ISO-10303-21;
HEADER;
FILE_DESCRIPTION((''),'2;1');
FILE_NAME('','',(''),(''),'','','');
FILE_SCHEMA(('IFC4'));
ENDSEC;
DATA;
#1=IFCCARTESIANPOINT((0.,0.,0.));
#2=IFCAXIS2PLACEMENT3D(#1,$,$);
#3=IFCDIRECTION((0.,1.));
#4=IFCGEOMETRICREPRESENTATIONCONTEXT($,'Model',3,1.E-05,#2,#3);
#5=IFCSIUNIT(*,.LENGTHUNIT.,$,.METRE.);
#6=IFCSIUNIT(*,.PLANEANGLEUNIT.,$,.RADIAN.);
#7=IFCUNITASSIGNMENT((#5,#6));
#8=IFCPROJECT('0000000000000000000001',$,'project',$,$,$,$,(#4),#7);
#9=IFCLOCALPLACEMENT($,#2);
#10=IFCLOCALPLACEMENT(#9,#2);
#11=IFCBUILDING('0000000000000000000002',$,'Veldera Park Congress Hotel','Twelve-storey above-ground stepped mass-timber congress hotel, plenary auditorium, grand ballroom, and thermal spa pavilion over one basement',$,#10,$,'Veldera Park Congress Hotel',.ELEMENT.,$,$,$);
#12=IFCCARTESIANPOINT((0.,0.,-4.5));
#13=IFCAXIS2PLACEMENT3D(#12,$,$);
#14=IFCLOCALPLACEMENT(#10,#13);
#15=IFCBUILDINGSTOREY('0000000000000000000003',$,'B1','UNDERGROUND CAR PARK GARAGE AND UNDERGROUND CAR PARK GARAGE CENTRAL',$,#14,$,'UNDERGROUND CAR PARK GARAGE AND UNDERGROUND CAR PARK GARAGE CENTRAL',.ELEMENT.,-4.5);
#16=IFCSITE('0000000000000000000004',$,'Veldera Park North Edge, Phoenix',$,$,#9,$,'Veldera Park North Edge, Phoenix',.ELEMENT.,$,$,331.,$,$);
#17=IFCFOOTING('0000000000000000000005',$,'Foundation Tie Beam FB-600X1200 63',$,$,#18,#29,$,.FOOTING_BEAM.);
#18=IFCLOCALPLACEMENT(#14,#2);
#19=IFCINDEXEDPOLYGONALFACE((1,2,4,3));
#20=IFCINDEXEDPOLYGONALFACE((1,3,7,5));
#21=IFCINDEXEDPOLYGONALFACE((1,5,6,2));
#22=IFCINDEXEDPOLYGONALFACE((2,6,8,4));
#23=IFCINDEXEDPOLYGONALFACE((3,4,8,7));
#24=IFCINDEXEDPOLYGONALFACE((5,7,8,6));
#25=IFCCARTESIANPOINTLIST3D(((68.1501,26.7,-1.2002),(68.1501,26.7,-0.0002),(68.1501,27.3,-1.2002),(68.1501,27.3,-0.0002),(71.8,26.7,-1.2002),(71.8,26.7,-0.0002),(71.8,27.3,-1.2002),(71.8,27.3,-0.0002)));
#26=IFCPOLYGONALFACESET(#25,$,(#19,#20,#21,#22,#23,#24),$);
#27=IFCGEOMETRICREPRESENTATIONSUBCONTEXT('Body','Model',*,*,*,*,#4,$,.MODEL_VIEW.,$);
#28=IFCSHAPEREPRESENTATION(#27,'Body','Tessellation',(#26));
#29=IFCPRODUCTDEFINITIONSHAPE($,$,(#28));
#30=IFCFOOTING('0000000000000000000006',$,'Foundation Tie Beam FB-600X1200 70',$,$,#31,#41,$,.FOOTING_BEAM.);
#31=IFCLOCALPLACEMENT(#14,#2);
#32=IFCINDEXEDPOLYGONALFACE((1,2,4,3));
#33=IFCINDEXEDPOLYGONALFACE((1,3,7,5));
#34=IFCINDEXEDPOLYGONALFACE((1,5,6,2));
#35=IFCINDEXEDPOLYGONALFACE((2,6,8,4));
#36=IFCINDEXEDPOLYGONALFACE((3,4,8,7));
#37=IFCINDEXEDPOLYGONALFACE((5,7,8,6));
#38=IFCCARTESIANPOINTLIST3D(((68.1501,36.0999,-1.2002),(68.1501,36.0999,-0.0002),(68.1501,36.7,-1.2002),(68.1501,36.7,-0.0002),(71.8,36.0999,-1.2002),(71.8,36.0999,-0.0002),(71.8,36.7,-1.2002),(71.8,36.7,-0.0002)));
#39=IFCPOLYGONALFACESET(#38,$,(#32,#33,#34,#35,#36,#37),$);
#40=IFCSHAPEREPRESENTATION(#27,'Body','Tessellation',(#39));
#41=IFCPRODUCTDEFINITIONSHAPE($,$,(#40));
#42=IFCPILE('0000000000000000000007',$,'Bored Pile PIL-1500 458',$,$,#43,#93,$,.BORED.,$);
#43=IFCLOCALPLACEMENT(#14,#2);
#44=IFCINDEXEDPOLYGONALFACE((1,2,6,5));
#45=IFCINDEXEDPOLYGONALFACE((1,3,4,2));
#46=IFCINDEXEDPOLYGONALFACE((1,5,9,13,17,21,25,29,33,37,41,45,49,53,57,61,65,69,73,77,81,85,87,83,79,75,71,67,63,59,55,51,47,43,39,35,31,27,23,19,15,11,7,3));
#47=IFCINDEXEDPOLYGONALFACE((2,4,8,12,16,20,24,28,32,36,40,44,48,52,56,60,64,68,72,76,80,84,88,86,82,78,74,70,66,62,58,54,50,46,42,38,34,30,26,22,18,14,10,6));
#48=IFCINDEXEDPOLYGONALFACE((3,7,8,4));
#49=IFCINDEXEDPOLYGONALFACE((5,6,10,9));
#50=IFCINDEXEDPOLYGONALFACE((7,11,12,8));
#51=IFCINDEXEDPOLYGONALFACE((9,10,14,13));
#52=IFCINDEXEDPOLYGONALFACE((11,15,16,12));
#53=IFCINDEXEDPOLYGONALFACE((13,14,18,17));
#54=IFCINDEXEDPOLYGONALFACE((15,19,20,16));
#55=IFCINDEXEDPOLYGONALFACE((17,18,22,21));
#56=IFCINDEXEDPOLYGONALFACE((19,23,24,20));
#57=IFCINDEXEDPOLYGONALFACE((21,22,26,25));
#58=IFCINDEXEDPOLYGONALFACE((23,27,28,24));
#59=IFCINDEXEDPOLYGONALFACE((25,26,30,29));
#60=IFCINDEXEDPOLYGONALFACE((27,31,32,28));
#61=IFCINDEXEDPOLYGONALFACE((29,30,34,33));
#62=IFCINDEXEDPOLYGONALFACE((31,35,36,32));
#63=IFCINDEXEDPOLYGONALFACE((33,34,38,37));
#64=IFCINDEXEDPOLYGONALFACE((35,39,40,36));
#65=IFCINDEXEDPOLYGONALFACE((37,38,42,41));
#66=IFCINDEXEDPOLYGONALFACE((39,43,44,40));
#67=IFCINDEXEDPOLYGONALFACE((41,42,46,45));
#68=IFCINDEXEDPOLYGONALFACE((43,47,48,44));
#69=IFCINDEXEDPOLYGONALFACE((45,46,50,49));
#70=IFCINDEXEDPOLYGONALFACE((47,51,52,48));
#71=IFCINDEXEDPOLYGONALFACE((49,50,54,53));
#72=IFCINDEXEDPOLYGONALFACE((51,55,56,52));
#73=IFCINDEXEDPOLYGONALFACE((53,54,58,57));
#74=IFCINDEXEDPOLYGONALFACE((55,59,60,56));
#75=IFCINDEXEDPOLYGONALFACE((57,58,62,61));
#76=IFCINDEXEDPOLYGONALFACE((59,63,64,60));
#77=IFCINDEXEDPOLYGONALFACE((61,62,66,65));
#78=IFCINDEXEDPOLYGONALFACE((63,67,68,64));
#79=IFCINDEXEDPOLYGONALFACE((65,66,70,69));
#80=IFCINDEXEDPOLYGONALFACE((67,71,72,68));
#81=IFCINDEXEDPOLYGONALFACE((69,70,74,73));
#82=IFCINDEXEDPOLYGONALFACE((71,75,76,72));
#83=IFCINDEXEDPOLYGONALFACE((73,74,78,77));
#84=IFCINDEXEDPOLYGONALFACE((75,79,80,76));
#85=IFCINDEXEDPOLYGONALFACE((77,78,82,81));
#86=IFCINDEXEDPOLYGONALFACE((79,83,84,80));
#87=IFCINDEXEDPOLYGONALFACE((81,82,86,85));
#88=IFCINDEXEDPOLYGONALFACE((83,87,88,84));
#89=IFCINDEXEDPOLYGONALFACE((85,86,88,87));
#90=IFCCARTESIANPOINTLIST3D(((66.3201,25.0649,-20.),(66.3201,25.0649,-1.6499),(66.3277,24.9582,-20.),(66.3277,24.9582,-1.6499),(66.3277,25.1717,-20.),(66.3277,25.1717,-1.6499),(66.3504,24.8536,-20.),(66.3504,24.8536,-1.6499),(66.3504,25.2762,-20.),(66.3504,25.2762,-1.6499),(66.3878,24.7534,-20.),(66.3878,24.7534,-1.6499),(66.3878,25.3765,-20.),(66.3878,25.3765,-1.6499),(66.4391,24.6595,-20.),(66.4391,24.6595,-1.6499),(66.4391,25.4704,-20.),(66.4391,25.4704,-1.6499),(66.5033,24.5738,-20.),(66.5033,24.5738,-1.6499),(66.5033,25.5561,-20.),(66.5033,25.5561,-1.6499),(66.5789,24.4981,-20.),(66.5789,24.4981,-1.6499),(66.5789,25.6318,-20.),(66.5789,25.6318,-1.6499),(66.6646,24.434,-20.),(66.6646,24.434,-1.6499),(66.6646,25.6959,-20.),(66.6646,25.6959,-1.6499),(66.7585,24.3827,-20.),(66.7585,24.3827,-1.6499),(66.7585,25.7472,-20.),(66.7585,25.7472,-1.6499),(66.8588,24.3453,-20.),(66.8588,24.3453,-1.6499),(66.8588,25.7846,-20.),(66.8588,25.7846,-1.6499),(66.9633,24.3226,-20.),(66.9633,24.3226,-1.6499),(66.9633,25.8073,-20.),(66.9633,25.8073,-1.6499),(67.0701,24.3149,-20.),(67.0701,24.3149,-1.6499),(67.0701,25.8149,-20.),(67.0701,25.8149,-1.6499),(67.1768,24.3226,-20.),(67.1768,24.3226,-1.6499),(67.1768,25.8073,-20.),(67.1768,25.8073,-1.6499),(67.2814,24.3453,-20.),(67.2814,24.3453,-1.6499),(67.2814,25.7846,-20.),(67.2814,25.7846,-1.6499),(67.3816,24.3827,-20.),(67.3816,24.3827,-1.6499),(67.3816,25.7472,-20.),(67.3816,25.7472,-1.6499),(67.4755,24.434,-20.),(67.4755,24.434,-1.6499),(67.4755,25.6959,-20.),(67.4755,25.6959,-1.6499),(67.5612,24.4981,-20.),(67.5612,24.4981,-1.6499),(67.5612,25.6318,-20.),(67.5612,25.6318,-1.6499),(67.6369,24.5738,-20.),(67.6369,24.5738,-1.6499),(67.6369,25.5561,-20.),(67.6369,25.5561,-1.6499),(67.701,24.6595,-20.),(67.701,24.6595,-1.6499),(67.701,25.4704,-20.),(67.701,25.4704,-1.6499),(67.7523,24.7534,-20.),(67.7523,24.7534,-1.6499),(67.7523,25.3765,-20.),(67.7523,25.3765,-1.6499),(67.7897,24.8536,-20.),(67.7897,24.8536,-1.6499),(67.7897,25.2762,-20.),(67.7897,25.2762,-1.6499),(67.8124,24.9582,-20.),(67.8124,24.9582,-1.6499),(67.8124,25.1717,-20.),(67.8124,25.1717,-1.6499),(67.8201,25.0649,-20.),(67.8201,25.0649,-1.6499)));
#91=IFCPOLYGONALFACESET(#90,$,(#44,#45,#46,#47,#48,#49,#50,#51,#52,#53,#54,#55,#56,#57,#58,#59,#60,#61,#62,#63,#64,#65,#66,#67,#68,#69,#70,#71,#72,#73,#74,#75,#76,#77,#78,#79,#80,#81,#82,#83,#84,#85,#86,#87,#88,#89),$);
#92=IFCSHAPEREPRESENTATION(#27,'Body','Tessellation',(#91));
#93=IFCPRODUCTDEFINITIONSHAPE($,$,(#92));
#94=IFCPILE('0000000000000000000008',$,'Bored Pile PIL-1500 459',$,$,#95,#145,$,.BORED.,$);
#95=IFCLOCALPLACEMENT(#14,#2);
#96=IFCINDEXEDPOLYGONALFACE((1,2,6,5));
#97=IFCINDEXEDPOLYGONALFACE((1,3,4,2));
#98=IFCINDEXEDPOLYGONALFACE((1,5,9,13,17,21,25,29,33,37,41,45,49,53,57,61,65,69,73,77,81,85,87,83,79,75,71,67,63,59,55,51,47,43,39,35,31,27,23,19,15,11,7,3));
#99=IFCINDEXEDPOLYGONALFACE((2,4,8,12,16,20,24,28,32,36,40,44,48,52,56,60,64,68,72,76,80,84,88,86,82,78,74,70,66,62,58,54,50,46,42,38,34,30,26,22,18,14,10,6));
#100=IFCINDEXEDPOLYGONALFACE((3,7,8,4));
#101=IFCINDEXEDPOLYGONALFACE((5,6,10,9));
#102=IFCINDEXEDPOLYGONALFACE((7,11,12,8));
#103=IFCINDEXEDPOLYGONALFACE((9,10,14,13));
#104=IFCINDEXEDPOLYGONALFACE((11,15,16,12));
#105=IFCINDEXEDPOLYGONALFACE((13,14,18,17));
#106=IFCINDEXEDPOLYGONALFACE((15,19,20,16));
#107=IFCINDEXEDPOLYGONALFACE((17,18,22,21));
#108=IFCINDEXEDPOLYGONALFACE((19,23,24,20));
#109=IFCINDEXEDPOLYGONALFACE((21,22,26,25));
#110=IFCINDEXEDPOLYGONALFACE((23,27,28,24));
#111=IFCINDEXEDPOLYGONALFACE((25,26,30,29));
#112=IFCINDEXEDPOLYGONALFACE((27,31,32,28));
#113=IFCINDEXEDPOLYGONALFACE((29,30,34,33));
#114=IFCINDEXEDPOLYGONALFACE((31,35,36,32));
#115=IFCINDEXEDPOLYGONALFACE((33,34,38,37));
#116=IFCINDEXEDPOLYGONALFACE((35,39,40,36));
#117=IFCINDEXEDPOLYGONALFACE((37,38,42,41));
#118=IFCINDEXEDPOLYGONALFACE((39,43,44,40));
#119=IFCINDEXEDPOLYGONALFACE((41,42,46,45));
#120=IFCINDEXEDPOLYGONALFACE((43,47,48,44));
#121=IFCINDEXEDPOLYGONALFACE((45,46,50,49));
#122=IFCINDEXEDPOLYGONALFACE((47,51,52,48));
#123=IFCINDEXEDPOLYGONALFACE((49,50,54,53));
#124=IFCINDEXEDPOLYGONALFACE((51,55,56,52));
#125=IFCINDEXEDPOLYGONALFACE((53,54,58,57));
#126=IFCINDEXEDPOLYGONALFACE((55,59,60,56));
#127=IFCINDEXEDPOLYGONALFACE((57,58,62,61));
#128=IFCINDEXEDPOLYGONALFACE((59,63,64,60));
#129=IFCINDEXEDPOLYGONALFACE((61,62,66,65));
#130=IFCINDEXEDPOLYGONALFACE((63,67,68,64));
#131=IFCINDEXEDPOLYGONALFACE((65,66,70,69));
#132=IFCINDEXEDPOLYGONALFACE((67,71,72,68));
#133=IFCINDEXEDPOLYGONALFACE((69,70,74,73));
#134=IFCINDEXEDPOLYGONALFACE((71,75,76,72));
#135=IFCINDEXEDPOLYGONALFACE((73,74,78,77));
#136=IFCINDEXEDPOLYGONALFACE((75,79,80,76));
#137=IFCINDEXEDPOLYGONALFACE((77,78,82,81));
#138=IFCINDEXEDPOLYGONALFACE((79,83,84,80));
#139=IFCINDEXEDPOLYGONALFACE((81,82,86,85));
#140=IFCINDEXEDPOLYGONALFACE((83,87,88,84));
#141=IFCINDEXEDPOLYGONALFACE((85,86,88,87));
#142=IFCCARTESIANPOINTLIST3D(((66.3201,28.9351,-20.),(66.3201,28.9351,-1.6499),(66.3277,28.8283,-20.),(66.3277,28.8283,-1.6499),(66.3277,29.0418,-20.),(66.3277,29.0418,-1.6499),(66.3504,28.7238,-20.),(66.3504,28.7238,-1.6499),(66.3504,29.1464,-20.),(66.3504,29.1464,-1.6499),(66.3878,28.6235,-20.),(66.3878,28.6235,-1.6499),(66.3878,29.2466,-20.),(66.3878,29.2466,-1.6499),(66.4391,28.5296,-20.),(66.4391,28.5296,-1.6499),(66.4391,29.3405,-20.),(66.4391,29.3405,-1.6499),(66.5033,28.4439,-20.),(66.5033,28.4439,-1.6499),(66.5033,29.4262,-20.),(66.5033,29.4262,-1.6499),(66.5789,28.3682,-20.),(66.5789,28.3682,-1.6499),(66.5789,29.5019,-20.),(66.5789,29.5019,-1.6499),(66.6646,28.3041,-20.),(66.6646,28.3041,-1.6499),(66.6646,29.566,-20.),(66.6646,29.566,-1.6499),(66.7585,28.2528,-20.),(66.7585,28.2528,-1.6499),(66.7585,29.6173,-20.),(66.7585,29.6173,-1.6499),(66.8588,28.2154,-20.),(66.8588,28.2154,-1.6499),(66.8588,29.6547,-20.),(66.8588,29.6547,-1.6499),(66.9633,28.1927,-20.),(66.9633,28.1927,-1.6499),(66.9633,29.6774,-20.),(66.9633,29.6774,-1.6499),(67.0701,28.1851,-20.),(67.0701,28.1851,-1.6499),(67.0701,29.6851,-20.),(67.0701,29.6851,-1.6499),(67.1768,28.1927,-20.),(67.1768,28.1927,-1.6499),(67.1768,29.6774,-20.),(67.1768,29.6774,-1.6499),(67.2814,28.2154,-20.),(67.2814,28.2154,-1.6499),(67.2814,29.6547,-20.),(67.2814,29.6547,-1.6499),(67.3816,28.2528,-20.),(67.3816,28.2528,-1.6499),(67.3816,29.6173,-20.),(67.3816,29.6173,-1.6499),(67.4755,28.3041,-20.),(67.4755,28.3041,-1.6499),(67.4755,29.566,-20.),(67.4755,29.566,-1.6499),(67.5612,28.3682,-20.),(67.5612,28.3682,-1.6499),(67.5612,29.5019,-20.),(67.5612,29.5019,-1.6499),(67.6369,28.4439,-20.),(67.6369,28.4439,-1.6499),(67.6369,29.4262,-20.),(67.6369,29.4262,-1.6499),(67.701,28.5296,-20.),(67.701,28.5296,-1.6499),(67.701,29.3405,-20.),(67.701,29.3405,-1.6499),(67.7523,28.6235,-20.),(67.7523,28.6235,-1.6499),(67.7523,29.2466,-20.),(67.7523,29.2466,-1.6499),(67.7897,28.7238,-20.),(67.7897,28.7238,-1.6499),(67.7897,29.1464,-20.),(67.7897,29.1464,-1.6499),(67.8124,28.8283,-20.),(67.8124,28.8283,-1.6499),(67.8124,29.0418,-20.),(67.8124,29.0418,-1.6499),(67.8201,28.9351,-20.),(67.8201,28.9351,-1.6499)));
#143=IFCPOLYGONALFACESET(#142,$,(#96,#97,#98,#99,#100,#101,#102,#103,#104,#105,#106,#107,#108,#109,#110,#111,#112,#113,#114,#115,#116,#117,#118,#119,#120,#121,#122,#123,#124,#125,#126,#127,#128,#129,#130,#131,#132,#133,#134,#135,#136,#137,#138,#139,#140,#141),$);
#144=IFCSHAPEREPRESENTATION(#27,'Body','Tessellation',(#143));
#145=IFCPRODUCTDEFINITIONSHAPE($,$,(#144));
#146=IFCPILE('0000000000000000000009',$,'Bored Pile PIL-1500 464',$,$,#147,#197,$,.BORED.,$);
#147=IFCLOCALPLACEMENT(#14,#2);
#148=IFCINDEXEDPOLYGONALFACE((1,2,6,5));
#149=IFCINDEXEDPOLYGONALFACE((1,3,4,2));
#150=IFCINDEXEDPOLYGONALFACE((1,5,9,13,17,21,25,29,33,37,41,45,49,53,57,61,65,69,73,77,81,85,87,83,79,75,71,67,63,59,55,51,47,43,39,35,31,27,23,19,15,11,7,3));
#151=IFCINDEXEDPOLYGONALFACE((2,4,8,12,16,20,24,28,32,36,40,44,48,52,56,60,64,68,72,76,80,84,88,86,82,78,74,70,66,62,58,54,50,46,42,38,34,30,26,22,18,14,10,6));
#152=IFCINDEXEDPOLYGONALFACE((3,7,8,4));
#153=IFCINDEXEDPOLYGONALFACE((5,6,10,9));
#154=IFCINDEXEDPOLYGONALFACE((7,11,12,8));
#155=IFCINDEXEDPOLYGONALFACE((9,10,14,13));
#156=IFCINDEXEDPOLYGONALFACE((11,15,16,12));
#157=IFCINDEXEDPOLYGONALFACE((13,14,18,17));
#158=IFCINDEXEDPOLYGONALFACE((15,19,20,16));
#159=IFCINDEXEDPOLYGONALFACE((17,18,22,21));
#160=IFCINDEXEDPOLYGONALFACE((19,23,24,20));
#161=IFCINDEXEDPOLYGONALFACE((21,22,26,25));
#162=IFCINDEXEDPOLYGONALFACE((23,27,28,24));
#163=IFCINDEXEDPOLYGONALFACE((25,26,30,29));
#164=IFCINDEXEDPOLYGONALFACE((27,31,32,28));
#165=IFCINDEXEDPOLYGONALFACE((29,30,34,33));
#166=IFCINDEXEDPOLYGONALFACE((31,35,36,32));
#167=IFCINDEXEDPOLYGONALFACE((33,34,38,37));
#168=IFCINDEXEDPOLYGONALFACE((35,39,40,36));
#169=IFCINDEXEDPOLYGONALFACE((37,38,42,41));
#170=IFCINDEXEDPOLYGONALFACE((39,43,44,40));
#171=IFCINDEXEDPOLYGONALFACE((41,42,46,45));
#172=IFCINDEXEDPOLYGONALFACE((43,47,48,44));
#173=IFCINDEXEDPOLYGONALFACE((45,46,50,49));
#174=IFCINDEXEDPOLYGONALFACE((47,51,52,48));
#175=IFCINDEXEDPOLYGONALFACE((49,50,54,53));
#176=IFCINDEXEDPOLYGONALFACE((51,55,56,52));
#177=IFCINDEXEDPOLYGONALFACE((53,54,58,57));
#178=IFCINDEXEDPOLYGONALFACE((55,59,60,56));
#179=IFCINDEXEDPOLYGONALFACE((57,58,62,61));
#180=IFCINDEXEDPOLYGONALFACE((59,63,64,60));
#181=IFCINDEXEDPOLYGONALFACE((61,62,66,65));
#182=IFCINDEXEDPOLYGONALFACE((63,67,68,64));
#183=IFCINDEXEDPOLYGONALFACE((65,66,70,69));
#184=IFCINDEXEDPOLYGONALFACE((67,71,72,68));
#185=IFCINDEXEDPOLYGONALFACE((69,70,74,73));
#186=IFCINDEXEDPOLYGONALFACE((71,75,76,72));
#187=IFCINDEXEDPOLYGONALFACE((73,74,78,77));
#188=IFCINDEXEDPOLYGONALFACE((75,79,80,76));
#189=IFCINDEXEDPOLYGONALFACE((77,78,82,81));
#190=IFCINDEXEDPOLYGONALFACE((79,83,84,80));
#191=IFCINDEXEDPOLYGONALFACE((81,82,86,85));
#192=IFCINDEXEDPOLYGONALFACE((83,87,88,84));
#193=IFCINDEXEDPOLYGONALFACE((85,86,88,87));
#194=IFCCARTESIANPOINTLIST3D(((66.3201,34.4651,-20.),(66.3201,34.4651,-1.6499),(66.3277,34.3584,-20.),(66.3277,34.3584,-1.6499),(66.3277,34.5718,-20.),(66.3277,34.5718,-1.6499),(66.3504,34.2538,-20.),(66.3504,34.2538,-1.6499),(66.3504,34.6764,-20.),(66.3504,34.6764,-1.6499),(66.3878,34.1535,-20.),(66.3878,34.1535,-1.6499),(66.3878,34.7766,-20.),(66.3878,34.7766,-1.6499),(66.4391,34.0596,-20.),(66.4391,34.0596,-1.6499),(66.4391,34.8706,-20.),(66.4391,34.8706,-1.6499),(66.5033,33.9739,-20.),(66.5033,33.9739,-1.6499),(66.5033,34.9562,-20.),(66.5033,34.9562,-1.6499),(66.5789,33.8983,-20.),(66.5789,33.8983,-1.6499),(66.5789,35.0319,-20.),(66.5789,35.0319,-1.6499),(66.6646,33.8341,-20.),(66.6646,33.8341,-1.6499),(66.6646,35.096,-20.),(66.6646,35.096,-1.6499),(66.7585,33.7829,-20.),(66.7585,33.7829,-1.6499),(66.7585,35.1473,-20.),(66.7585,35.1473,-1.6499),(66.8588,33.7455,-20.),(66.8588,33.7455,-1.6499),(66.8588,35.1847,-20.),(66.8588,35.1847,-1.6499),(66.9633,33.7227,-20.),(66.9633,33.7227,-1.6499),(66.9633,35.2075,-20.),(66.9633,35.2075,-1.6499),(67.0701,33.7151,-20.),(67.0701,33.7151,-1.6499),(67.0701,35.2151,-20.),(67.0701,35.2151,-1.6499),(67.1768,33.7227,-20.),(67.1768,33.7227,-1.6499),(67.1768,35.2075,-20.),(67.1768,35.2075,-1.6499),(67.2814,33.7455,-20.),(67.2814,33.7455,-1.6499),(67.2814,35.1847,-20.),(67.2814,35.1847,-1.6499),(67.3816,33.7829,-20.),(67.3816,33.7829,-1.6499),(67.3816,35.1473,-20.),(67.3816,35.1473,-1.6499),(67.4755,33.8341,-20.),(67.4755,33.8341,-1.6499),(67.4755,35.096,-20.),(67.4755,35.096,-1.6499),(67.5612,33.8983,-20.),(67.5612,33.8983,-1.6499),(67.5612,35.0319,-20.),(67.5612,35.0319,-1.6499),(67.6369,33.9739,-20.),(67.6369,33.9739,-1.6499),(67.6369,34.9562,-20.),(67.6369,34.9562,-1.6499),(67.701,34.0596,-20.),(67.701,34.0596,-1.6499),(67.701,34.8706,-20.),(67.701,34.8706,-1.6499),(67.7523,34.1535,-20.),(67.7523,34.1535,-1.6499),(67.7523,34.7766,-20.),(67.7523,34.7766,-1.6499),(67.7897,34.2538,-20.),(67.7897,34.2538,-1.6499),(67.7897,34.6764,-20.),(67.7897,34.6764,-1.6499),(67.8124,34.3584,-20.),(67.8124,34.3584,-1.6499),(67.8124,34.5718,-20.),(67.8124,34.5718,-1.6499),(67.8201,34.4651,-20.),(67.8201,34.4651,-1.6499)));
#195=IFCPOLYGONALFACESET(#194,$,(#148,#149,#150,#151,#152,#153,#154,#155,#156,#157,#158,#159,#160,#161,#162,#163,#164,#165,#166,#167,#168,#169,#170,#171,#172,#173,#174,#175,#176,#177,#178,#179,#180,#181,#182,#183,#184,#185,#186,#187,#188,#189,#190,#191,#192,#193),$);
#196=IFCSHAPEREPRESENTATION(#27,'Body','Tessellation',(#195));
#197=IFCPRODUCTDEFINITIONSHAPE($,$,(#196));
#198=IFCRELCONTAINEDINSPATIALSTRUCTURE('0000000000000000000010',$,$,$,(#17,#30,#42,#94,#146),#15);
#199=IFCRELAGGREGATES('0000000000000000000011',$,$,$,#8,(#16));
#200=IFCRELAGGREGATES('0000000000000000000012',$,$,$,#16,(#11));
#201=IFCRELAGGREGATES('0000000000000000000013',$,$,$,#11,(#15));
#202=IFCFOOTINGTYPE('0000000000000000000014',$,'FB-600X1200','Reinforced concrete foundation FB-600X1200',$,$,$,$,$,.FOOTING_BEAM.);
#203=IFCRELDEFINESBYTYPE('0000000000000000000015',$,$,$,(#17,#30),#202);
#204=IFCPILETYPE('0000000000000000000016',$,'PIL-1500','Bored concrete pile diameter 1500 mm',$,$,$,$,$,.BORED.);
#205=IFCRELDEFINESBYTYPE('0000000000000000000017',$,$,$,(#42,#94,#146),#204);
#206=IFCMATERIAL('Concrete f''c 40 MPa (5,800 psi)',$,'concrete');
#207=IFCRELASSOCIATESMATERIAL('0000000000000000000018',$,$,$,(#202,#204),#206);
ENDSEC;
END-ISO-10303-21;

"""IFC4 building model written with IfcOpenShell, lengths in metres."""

from ifc_helpers import new_model, si_unit, direction, frame, origin, origin_2d, place, context, subcontext, project, spatial, rectangle, circle, extrude, material, material_profile, profile_set, type_object, element, save


model = new_model("IFC4")

# Units and contexts
model_context = context("Model", 3, precision=1e-05, world=origin(), true_north=direction((0.0, 1.0)))
body_context = subcontext(model_context, "Body", "Model", "MODEL_VIEW")
ifc_project = project(units=[si_unit("LENGTHUNIT", "METRE"), si_unit("PLANEANGLEUNIT", "RADIAN")], contexts=[model_context])

# Site, building, storey
site_placement = place(None, origin())
site = spatial("IfcSite", under=ifc_project, at=site_placement, Name="Veldera Park North Edge, Phoenix", LongName="Veldera Park North Edge, Phoenix", CompositionType="ELEMENT", RefElevation=331.0)
building_placement = place(site_placement, origin())
building = spatial("IfcBuilding", under=site, at=building_placement, Name="Veldera Park Congress Hotel", Description="Twelve-storey above-ground stepped mass-timber congress hotel, plenary auditorium, grand ballroom, and thermal spa pavilion over one basement", LongName="Veldera Park Congress Hotel", CompositionType="ELEMENT")
storey_placement = place(building_placement, frame((0.0, 0.0, -4.5)))
storey = spatial("IfcBuildingStorey", under=building, at=storey_placement, Name="B1", Description="UNDERGROUND CAR PARK GARAGE AND UNDERGROUND CAR PARK GARAGE CENTRAL", LongName="UNDERGROUND CAR PARK GARAGE AND UNDERGROUND CAR PARK GARAGE CENTRAL", CompositionType="ELEMENT", Elevation=-4.5)

# Footings
ifc_material_1 = material(Name="Concrete f'c 40 MPa (5,800 psi)", Category="concrete")
footing_type = type_object("IfcFootingType", Name="FB-600X1200", Description="Reinforced concrete foundation FB-600X1200", PredefinedType="FOOTING_BEAM", material=ifc_material_1)
for number, where, z_axis, x_axis, name in (
    (1, (69.9751, 27.0, -1.2002), (0.0, 0.0, 1.0), (1.0, 0.0, 0.0), "Foundation Tie Beam FB-600X1200 63"),
    (2, (69.9751, 36.3999, -1.2002), (0.0, 0.0, 1.0), (1.0, 0.0, 0.0), "Foundation Tie Beam FB-600X1200 70"),
):
    element("IfcFooting", number, at=place(storey_placement, frame(where, z_axis=z_axis, x_axis=x_axis)), inside=storey, type_object=footing_type, Name=name, PredefinedType="FOOTING_BEAM", context=body_context, shape_type="SweptSolid", body=[
        extrude(rectangle(XDim=3.6499, YDim=0.6001, at=origin_2d()), origin(), (0.0, 0.0, 1.0), 1.2),
    ])

# Piles
ifc_material_profile_1 = material_profile(ifc_material_1, circle(Radius=0.75, at=origin_2d()), Name="PILE D1500")
ifc_profile_set_1 = profile_set([ifc_material_profile_1], Name="Concrete f'c 40 MPa (5,800 psi)")
pile_type = type_object("IfcPileType", Name="PIL-1500", Description="Bored concrete pile diameter 1500 mm", PredefinedType="BORED", material=ifc_profile_set_1)
for number, where, z_axis, x_axis, name in (
    (3, (67.0701, 25.0649, -1.6499), (0.0, 0.0, -1.0), (1.0, 0.0, 0.0), "Bored Pile PIL-1500 458"),
    (4, (67.0701, 28.9351, -1.6499), (0.0, 0.0, -1.0), (1.0, 0.0, 0.0), "Bored Pile PIL-1500 459"),
    (5, (67.0701, 34.4651, -1.6499), (0.0, 0.0, -1.0), (1.0, 0.0, 0.0), "Bored Pile PIL-1500 464"),
):
    element("IfcPile", number, at=place(storey_placement, frame(where, z_axis=z_axis, x_axis=x_axis)), inside=storey, type_object=pile_type, Name=name, PredefinedType="BORED", context=body_context, shape_type="SweptSolid", body=[
        extrude(circle(Radius=0.75, at=origin_2d()), origin(), (0.0, 0.0, 1.0), 18.3501),
    ])

save(model, "model.ifc")
